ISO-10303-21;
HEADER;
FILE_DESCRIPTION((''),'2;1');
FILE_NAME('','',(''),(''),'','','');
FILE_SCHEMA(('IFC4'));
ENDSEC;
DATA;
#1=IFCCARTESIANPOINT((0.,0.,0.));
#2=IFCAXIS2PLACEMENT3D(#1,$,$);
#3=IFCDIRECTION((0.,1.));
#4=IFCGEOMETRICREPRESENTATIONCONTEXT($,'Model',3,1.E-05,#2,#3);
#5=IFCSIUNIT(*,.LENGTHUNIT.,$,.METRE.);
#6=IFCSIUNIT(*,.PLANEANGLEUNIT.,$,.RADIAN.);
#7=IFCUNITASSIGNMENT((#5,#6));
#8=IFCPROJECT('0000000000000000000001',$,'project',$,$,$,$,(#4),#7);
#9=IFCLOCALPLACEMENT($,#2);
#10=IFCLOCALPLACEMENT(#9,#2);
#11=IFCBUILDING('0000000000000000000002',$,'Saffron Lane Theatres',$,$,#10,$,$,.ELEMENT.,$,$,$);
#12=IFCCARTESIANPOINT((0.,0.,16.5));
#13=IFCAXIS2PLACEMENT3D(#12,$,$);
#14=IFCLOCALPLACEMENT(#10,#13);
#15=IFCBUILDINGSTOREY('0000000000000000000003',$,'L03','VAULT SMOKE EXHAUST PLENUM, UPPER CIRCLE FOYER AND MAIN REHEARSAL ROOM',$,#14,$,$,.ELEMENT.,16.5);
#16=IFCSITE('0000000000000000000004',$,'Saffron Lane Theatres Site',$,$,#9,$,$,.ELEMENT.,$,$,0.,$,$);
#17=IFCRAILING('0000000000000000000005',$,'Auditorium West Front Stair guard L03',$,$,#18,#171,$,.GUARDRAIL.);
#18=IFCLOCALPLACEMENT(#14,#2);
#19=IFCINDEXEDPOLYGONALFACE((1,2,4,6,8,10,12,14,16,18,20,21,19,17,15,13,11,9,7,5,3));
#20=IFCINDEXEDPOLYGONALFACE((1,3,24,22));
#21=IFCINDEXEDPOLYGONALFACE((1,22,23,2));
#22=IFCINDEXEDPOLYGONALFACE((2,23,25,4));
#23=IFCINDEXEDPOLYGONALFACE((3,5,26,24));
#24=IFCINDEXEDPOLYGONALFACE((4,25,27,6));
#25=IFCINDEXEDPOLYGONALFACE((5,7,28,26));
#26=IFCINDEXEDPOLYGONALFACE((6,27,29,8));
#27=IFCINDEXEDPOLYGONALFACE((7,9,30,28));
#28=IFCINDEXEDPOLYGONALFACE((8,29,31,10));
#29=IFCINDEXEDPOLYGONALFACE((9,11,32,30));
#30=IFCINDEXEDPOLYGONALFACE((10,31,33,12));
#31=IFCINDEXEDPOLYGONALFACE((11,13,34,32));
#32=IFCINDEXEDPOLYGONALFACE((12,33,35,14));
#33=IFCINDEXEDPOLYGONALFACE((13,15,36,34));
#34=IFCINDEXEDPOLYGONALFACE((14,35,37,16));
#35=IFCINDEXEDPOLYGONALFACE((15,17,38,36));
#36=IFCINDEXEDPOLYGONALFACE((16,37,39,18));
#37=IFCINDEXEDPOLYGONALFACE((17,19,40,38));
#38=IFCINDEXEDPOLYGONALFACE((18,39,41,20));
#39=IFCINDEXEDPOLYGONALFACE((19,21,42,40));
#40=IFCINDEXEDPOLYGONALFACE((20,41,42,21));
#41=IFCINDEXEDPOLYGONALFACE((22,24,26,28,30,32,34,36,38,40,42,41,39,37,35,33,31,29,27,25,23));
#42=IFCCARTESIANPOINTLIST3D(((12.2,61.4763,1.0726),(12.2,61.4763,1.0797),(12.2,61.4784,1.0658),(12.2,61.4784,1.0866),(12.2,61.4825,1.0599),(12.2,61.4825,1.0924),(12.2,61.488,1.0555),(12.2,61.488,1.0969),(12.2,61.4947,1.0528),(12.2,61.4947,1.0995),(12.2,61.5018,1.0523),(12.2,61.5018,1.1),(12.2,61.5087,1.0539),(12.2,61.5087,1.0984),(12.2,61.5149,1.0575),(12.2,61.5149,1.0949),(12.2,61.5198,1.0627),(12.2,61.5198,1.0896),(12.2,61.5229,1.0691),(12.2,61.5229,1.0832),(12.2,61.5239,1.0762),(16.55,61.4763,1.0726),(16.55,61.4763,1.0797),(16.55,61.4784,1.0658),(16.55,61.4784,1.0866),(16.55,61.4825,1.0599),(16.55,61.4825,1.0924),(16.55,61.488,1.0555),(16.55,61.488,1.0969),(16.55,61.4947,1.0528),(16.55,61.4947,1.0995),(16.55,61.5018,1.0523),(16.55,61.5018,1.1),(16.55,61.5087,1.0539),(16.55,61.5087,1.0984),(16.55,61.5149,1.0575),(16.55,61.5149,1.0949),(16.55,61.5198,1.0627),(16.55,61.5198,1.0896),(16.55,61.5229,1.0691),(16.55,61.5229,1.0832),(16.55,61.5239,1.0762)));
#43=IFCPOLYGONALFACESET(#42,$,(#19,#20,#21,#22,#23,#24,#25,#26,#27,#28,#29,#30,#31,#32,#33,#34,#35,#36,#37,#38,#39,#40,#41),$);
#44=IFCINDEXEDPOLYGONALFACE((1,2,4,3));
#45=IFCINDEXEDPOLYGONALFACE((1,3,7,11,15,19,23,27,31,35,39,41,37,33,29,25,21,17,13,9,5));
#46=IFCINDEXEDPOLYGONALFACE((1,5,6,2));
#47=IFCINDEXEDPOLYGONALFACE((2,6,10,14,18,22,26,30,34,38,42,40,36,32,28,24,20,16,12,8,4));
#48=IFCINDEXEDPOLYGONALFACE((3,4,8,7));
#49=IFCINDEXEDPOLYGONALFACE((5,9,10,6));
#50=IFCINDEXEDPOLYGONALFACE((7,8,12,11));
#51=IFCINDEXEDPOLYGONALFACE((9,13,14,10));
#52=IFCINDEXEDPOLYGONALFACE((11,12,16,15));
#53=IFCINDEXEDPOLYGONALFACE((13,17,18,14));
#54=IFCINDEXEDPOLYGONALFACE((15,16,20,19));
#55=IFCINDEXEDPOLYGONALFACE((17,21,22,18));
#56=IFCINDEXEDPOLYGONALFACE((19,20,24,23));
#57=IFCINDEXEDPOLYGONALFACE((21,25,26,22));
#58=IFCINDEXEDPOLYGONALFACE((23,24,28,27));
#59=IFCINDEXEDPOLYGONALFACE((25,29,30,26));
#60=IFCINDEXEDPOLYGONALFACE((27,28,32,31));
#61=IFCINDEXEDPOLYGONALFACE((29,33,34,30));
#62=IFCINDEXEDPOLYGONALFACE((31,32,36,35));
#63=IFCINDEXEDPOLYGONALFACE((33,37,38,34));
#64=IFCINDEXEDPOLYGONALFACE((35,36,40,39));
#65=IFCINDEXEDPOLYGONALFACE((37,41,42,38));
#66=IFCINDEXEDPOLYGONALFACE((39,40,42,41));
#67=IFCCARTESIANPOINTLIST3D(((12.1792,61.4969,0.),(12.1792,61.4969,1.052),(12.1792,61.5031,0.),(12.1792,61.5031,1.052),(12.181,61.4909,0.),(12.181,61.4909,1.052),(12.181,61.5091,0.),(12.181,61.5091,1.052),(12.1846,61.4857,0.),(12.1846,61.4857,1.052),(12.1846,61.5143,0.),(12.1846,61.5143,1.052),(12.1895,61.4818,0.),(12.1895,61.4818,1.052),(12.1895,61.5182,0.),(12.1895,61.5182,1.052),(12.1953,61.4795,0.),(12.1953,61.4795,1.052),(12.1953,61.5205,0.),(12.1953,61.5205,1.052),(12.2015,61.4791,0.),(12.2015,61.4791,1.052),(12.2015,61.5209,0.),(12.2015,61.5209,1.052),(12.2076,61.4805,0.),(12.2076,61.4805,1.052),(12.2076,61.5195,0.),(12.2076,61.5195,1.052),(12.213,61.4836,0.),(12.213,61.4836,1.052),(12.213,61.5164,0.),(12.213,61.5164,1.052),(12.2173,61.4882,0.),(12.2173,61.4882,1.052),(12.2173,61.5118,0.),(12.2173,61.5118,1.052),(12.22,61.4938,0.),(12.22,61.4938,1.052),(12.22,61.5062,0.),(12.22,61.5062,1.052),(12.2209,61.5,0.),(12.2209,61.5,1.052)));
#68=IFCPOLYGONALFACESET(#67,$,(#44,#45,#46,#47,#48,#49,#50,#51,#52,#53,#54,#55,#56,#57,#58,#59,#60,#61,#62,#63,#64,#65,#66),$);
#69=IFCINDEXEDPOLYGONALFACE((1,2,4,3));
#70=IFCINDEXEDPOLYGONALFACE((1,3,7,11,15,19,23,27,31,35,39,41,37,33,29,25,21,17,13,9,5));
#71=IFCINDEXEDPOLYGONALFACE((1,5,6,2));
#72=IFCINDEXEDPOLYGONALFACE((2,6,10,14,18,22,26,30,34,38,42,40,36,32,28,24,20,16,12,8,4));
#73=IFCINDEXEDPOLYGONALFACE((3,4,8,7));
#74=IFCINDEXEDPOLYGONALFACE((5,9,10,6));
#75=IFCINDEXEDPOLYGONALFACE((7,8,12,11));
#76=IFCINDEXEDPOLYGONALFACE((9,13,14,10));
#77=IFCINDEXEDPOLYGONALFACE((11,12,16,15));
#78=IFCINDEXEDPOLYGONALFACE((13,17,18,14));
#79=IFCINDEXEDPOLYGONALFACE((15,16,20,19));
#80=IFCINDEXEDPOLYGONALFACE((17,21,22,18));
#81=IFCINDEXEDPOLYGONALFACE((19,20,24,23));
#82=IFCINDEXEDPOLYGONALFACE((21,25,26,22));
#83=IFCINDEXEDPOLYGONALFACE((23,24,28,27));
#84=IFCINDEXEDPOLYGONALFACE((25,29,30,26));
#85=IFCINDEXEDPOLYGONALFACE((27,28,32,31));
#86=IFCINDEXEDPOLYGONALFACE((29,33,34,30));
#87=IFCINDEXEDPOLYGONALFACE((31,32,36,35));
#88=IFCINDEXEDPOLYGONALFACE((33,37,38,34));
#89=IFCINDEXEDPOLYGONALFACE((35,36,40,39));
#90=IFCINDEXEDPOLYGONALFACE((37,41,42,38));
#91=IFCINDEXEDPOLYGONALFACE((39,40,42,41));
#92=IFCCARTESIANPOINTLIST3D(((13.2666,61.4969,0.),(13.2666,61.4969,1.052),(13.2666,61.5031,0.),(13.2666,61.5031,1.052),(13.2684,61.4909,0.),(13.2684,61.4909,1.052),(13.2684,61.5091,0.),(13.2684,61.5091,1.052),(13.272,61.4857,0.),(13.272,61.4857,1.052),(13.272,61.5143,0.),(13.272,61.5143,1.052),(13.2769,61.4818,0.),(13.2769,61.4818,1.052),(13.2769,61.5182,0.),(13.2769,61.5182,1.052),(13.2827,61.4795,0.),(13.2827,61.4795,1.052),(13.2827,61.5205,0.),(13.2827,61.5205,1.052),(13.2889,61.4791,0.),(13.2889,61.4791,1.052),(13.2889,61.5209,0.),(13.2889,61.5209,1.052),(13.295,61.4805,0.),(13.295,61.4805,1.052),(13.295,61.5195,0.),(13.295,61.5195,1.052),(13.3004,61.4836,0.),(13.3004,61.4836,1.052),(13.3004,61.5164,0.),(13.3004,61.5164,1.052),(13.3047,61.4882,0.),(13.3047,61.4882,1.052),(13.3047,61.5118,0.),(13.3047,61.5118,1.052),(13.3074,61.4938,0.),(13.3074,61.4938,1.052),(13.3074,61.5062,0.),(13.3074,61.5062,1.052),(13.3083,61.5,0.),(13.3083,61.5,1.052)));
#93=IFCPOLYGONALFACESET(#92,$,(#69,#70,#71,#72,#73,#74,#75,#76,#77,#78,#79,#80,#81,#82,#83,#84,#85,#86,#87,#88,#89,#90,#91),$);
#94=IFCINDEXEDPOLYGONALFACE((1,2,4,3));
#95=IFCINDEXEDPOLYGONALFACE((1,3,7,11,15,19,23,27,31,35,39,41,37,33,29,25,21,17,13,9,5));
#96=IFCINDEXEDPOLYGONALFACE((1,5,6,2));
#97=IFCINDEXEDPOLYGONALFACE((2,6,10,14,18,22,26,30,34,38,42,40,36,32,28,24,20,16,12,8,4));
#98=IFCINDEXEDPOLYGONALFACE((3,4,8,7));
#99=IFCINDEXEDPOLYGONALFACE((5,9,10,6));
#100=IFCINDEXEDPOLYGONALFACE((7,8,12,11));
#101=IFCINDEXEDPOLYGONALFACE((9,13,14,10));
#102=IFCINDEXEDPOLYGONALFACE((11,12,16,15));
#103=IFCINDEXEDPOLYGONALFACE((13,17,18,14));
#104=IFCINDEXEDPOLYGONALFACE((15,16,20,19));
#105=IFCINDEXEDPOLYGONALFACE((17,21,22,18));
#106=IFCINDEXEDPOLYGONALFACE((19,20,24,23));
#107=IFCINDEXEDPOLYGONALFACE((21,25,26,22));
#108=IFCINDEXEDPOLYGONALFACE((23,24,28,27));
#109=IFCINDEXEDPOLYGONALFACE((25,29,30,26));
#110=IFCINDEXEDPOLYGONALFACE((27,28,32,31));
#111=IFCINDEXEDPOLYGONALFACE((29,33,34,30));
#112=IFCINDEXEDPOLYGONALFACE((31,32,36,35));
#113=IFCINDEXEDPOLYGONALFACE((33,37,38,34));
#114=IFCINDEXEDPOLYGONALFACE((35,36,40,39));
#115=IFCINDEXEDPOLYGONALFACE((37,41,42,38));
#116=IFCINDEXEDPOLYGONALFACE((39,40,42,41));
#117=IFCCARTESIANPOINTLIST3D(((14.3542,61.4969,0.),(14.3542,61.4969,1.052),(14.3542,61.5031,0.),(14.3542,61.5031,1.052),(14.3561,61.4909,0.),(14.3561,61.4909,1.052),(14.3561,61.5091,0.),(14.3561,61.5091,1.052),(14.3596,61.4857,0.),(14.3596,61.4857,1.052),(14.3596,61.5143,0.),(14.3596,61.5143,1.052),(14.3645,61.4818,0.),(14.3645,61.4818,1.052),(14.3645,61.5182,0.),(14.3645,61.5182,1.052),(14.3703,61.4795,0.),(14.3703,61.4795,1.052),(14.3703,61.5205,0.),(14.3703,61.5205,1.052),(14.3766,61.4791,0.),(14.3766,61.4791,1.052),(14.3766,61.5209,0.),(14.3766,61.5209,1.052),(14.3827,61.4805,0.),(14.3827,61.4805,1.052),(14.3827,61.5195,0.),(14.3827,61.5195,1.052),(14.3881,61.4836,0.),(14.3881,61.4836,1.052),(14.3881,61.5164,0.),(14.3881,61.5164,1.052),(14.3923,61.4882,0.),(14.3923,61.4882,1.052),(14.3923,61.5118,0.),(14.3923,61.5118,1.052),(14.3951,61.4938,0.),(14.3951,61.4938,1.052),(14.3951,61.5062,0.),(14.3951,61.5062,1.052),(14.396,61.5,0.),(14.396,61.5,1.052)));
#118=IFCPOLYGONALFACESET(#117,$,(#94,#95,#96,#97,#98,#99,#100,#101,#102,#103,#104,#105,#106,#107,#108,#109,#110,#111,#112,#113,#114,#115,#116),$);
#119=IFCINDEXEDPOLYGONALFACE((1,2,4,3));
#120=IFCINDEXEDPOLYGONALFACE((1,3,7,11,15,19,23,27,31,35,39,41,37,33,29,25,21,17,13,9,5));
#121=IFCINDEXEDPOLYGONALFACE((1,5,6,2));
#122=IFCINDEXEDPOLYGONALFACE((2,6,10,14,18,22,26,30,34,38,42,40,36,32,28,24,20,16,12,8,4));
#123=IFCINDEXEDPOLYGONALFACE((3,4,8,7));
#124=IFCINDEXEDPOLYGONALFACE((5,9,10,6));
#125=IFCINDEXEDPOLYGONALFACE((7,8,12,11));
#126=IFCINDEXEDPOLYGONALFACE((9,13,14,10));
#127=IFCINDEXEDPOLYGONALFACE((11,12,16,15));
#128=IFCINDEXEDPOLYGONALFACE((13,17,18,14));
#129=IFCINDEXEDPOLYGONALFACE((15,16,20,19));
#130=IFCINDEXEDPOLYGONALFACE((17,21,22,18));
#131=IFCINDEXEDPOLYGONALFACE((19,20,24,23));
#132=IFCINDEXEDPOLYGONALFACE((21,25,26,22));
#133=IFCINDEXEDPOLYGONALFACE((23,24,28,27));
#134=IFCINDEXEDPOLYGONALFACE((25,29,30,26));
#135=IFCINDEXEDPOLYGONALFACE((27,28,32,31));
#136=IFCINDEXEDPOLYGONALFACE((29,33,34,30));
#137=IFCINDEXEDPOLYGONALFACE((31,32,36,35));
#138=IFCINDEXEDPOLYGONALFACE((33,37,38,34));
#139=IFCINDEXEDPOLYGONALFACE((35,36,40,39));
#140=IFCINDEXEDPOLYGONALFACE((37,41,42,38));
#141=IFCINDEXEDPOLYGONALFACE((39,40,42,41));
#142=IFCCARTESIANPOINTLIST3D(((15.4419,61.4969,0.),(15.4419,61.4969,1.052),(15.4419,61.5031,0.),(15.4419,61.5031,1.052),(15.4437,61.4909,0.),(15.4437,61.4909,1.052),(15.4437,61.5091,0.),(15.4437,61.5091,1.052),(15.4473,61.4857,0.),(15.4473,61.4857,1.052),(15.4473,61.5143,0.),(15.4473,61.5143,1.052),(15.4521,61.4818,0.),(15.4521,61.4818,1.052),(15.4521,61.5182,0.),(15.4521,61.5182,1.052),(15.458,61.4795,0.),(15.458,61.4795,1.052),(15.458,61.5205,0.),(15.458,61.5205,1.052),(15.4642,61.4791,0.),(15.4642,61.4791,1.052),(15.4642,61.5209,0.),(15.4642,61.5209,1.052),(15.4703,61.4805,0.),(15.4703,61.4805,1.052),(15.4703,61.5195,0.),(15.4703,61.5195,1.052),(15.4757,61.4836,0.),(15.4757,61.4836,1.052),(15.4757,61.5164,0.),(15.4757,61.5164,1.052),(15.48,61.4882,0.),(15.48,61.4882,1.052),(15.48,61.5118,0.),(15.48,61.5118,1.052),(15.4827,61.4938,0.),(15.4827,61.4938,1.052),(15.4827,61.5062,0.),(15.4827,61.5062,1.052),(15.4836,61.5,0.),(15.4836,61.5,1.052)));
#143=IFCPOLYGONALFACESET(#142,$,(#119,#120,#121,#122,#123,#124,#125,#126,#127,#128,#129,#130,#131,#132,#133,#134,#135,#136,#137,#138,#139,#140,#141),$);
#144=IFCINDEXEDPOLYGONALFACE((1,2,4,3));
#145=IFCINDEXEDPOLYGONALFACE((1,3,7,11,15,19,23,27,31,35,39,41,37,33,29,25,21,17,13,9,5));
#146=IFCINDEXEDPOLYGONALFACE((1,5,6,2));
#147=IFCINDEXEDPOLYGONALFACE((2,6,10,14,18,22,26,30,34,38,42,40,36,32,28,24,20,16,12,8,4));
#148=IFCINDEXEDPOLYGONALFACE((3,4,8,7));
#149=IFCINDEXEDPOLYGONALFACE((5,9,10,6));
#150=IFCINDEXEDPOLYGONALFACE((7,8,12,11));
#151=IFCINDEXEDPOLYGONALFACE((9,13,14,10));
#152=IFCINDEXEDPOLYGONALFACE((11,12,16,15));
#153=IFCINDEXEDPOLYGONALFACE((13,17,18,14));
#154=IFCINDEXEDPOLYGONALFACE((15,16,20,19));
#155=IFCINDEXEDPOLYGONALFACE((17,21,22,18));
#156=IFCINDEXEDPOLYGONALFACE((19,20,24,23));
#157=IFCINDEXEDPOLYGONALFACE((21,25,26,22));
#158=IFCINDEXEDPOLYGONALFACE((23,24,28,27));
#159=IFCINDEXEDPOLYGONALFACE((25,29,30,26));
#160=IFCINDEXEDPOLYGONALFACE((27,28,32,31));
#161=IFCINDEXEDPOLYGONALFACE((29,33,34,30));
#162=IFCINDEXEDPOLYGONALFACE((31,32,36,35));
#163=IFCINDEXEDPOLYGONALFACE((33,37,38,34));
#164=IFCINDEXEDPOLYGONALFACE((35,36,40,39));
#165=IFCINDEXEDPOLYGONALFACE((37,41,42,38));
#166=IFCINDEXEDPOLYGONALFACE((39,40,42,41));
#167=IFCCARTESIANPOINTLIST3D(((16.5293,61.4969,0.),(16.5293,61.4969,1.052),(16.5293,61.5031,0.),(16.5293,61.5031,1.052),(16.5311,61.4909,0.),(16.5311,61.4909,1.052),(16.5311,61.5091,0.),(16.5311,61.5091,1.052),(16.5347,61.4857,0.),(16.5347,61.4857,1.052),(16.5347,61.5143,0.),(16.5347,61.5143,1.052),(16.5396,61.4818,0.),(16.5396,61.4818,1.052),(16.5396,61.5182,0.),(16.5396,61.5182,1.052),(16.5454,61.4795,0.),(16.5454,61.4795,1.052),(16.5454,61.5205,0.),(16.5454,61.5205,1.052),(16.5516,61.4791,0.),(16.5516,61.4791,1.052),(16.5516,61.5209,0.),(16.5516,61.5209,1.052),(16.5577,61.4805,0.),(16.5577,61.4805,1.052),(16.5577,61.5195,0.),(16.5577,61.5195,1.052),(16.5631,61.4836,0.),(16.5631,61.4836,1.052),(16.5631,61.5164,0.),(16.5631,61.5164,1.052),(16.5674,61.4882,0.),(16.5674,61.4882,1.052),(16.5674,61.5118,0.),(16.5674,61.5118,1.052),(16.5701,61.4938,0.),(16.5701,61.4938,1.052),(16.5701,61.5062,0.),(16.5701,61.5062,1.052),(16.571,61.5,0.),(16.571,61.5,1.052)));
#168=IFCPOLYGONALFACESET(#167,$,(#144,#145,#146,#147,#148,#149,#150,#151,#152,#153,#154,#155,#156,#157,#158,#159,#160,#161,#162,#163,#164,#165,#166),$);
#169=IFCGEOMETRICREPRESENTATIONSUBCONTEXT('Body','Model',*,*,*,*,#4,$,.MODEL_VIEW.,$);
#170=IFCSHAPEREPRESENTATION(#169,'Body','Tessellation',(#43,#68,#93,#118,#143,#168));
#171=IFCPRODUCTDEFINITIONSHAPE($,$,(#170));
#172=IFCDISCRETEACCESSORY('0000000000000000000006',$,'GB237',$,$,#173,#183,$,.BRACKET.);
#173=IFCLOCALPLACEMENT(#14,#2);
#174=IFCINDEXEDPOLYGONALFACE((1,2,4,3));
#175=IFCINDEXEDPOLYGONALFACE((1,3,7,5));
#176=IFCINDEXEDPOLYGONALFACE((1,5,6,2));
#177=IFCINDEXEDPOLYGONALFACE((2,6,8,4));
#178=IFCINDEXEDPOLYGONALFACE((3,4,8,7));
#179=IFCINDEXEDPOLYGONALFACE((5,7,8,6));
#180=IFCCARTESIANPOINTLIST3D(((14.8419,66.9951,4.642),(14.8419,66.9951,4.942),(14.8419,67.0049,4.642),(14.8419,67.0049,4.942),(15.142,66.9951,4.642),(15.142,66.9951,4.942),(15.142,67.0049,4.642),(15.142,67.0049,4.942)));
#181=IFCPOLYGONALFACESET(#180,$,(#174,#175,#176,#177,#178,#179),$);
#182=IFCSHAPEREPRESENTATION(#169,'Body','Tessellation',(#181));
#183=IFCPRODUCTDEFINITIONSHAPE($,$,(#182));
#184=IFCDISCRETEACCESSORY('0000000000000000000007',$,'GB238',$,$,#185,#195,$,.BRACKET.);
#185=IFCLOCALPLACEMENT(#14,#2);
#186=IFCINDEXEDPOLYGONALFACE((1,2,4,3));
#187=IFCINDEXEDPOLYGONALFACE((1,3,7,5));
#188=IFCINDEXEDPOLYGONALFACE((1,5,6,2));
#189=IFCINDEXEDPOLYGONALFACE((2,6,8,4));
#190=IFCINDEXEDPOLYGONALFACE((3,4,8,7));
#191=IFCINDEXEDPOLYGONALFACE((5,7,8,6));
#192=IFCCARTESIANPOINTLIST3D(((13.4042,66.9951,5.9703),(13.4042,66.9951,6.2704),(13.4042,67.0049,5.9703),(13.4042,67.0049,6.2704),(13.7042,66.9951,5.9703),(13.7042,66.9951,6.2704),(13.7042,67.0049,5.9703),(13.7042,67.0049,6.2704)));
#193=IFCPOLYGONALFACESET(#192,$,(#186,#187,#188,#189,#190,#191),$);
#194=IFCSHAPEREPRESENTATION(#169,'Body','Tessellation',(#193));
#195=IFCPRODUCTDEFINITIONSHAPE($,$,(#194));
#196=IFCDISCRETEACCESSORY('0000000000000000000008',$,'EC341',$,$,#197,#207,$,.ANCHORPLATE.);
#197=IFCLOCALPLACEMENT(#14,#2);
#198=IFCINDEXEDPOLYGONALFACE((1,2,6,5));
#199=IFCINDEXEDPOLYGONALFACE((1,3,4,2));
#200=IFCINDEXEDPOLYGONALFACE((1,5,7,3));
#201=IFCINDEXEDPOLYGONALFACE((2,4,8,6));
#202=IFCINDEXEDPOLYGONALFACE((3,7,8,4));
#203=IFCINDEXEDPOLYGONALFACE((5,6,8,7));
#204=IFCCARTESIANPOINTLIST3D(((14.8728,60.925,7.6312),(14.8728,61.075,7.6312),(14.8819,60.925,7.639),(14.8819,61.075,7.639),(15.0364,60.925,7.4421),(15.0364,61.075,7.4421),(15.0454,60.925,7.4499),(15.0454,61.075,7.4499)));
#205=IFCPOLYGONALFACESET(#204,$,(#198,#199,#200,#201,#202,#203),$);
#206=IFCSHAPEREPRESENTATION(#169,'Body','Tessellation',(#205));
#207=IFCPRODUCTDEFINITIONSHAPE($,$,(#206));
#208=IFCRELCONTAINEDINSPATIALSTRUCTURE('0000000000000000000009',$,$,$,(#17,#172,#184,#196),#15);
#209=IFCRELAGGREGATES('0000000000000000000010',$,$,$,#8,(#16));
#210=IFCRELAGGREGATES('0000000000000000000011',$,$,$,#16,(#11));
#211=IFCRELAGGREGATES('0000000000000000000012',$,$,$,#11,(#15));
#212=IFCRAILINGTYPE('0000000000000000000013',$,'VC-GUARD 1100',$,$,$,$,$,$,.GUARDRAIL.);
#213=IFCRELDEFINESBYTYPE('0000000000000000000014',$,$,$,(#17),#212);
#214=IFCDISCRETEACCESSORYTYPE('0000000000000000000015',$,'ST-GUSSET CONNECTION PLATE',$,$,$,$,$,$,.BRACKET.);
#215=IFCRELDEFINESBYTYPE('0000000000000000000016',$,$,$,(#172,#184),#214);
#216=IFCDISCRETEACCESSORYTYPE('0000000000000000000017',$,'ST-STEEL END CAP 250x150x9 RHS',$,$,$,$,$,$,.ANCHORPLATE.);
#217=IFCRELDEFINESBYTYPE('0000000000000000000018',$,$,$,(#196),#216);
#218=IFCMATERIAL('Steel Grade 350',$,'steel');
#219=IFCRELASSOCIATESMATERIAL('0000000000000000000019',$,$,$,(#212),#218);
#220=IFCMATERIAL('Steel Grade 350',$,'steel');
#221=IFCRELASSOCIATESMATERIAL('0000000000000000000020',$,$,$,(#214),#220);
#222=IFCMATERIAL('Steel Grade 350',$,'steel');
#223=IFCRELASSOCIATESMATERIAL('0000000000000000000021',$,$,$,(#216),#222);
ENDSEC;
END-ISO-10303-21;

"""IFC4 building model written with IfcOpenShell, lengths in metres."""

from ifc_helpers import new_model, si_unit, direction, frame, origin, origin_2d, place, context, subcontext, project, spatial, rectangle, circle, extrude, material, material_profile, profile_set, type_object, element, save


model = new_model("IFC4")

# Units and contexts
model_context = context("Model", 3, precision=1e-05, world=origin(), true_north=direction((0.0, 1.0)))
body_context = subcontext(model_context, "Body", "Model", "MODEL_VIEW")
ifc_project = project(units=[si_unit("LENGTHUNIT", "METRE"), si_unit("PLANEANGLEUNIT", "RADIAN")], contexts=[model_context])

# Site, building, storey
site_placement = place(None, origin())
site = spatial("IfcSite", under=ifc_project, at=site_placement, Name="Saffron Lane Theatres Site", CompositionType="ELEMENT", RefElevation=0.0)
building_placement = place(site_placement, origin())
building = spatial("IfcBuilding", under=site, at=building_placement, Name="Saffron Lane Theatres", CompositionType="ELEMENT")
storey_placement = place(building_placement, frame((0.0, 0.0, 16.5)))
storey = spatial("IfcBuildingStorey", under=building, at=storey_placement, Name="L03", Description="VAULT SMOKE EXHAUST PLENUM, UPPER CIRCLE FOYER AND MAIN REHEARSAL ROOM", CompositionType="ELEMENT", Elevation=16.5)

# Railing
ifc_material_1 = material(Name="Steel Grade 350", Category="steel")
railing_type = type_object("IfcRailingType", Name="VC-GUARD 1100", PredefinedType="GUARDRAIL", material=ifc_material_1)
railing_placement = place(storey_placement, frame((12.2, 61.5, 0.0)))
element("IfcRailing", 1, at=railing_placement, inside=storey, type_object=railing_type, Name="Auditorium West Front Stair guard L03", PredefinedType="GUARDRAIL", context=body_context, shape_type="SweptSolid", body=[
    extrude(circle(Radius=0.0239, at=origin_2d()), frame((0.0, 0.0, 1.0762), z_axis=(1.0, 0.0, 0.0), x_axis=(0.0, 1.0, 0.0)), (0.0, 0.0, 1.0), 4.3501),
    extrude(circle(Radius=0.021, at=origin_2d()), origin(), (0.0, 0.0, 1.0), 1.052),
    extrude(circle(Radius=0.021, at=origin_2d()), frame((1.0874, 0.0, 0.0)), (0.0, 0.0, 1.0), 1.052),
    extrude(circle(Radius=0.021, at=origin_2d()), frame((2.175, 0.0, 0.0)), (0.0, 0.0, 1.0), 1.052),
    extrude(circle(Radius=0.021, at=origin_2d()), frame((3.2627, 0.0, 0.0)), (0.0, 0.0, 1.0), 1.052),
    extrude(circle(Radius=0.021, at=origin_2d()), frame((4.3501, 0.0, 0.0)), (0.0, 0.0, 1.0), 1.052),
])

# Discrete accessories
ifc_material_2 = material(Name="Steel Grade 350", Category="steel")
ifc_material_profile_1 = material_profile(ifc_material_2, rectangle(XDim=0.3, YDim=0.3, at=origin_2d()))
ifc_profile_set_1 = profile_set([ifc_material_profile_1], Name="Steel Grade 350")
discrete_accessory_type_1 = type_object("IfcDiscreteAccessoryType", Name="ST-GUSSET CONNECTION PLATE", PredefinedType="BRACKET", material=ifc_profile_set_1)
for number, where, z_axis, x_axis, name in (
    (2, (14.9919, 66.9951, 4.792), (0.0, 1.0, 0.0), (-1.0, 0.0, 0.0), "GB237"),
    (3, (13.5542, 66.9951, 6.1204), (0.0, 1.0, 0.0), (-1.0, 0.0, 0.0), "GB238"),
):
    element("IfcDiscreteAccessory", number, at=place(storey_placement, frame(where, z_axis=z_axis, x_axis=x_axis)), inside=storey, type_object=discrete_accessory_type_1, Name=name, PredefinedType="BRACKET", context=body_context, shape_type="SweptSolid", body=[
        extrude(rectangle(XDim=0.3, YDim=0.3, at=origin_2d()), origin(), (0.0, 0.0, 1.0), 0.0098),
    ])
ifc_material_3 = material(Name="Steel Grade 350", Category="steel")
ifc_material_profile_2 = material_profile(ifc_material_3, rectangle(XDim=0.1499, YDim=0.25, at=origin_2d()))
ifc_profile_set_2 = profile_set([ifc_material_profile_2], Name="Steel Grade 350")
discrete_accessory_type_2 = type_object("IfcDiscreteAccessoryType", Name="ST-STEEL END CAP 250x150x9 RHS", PredefinedType="ANCHORPLATE", material=ifc_profile_set_2)
for number, where, z_axis, x_axis, name in (
    (4, (14.9546, 61.0, 7.5366), (0.756363, 0.0, 0.654152), (0.0, 1.0, 0.0), "EC341"),
):
    element("IfcDiscreteAccessory", number, at=place(storey_placement, frame(where, z_axis=z_axis, x_axis=x_axis)), inside=storey, type_object=discrete_accessory_type_2, Name=name, PredefinedType="ANCHORPLATE", context=body_context, shape_type="SweptSolid", body=[
        extrude(rectangle(XDim=0.1499, YDim=0.25, at=origin_2d()), origin(), (0.0, 0.0, 1.0), 0.012),
    ])

save(model, "model.ifc")
